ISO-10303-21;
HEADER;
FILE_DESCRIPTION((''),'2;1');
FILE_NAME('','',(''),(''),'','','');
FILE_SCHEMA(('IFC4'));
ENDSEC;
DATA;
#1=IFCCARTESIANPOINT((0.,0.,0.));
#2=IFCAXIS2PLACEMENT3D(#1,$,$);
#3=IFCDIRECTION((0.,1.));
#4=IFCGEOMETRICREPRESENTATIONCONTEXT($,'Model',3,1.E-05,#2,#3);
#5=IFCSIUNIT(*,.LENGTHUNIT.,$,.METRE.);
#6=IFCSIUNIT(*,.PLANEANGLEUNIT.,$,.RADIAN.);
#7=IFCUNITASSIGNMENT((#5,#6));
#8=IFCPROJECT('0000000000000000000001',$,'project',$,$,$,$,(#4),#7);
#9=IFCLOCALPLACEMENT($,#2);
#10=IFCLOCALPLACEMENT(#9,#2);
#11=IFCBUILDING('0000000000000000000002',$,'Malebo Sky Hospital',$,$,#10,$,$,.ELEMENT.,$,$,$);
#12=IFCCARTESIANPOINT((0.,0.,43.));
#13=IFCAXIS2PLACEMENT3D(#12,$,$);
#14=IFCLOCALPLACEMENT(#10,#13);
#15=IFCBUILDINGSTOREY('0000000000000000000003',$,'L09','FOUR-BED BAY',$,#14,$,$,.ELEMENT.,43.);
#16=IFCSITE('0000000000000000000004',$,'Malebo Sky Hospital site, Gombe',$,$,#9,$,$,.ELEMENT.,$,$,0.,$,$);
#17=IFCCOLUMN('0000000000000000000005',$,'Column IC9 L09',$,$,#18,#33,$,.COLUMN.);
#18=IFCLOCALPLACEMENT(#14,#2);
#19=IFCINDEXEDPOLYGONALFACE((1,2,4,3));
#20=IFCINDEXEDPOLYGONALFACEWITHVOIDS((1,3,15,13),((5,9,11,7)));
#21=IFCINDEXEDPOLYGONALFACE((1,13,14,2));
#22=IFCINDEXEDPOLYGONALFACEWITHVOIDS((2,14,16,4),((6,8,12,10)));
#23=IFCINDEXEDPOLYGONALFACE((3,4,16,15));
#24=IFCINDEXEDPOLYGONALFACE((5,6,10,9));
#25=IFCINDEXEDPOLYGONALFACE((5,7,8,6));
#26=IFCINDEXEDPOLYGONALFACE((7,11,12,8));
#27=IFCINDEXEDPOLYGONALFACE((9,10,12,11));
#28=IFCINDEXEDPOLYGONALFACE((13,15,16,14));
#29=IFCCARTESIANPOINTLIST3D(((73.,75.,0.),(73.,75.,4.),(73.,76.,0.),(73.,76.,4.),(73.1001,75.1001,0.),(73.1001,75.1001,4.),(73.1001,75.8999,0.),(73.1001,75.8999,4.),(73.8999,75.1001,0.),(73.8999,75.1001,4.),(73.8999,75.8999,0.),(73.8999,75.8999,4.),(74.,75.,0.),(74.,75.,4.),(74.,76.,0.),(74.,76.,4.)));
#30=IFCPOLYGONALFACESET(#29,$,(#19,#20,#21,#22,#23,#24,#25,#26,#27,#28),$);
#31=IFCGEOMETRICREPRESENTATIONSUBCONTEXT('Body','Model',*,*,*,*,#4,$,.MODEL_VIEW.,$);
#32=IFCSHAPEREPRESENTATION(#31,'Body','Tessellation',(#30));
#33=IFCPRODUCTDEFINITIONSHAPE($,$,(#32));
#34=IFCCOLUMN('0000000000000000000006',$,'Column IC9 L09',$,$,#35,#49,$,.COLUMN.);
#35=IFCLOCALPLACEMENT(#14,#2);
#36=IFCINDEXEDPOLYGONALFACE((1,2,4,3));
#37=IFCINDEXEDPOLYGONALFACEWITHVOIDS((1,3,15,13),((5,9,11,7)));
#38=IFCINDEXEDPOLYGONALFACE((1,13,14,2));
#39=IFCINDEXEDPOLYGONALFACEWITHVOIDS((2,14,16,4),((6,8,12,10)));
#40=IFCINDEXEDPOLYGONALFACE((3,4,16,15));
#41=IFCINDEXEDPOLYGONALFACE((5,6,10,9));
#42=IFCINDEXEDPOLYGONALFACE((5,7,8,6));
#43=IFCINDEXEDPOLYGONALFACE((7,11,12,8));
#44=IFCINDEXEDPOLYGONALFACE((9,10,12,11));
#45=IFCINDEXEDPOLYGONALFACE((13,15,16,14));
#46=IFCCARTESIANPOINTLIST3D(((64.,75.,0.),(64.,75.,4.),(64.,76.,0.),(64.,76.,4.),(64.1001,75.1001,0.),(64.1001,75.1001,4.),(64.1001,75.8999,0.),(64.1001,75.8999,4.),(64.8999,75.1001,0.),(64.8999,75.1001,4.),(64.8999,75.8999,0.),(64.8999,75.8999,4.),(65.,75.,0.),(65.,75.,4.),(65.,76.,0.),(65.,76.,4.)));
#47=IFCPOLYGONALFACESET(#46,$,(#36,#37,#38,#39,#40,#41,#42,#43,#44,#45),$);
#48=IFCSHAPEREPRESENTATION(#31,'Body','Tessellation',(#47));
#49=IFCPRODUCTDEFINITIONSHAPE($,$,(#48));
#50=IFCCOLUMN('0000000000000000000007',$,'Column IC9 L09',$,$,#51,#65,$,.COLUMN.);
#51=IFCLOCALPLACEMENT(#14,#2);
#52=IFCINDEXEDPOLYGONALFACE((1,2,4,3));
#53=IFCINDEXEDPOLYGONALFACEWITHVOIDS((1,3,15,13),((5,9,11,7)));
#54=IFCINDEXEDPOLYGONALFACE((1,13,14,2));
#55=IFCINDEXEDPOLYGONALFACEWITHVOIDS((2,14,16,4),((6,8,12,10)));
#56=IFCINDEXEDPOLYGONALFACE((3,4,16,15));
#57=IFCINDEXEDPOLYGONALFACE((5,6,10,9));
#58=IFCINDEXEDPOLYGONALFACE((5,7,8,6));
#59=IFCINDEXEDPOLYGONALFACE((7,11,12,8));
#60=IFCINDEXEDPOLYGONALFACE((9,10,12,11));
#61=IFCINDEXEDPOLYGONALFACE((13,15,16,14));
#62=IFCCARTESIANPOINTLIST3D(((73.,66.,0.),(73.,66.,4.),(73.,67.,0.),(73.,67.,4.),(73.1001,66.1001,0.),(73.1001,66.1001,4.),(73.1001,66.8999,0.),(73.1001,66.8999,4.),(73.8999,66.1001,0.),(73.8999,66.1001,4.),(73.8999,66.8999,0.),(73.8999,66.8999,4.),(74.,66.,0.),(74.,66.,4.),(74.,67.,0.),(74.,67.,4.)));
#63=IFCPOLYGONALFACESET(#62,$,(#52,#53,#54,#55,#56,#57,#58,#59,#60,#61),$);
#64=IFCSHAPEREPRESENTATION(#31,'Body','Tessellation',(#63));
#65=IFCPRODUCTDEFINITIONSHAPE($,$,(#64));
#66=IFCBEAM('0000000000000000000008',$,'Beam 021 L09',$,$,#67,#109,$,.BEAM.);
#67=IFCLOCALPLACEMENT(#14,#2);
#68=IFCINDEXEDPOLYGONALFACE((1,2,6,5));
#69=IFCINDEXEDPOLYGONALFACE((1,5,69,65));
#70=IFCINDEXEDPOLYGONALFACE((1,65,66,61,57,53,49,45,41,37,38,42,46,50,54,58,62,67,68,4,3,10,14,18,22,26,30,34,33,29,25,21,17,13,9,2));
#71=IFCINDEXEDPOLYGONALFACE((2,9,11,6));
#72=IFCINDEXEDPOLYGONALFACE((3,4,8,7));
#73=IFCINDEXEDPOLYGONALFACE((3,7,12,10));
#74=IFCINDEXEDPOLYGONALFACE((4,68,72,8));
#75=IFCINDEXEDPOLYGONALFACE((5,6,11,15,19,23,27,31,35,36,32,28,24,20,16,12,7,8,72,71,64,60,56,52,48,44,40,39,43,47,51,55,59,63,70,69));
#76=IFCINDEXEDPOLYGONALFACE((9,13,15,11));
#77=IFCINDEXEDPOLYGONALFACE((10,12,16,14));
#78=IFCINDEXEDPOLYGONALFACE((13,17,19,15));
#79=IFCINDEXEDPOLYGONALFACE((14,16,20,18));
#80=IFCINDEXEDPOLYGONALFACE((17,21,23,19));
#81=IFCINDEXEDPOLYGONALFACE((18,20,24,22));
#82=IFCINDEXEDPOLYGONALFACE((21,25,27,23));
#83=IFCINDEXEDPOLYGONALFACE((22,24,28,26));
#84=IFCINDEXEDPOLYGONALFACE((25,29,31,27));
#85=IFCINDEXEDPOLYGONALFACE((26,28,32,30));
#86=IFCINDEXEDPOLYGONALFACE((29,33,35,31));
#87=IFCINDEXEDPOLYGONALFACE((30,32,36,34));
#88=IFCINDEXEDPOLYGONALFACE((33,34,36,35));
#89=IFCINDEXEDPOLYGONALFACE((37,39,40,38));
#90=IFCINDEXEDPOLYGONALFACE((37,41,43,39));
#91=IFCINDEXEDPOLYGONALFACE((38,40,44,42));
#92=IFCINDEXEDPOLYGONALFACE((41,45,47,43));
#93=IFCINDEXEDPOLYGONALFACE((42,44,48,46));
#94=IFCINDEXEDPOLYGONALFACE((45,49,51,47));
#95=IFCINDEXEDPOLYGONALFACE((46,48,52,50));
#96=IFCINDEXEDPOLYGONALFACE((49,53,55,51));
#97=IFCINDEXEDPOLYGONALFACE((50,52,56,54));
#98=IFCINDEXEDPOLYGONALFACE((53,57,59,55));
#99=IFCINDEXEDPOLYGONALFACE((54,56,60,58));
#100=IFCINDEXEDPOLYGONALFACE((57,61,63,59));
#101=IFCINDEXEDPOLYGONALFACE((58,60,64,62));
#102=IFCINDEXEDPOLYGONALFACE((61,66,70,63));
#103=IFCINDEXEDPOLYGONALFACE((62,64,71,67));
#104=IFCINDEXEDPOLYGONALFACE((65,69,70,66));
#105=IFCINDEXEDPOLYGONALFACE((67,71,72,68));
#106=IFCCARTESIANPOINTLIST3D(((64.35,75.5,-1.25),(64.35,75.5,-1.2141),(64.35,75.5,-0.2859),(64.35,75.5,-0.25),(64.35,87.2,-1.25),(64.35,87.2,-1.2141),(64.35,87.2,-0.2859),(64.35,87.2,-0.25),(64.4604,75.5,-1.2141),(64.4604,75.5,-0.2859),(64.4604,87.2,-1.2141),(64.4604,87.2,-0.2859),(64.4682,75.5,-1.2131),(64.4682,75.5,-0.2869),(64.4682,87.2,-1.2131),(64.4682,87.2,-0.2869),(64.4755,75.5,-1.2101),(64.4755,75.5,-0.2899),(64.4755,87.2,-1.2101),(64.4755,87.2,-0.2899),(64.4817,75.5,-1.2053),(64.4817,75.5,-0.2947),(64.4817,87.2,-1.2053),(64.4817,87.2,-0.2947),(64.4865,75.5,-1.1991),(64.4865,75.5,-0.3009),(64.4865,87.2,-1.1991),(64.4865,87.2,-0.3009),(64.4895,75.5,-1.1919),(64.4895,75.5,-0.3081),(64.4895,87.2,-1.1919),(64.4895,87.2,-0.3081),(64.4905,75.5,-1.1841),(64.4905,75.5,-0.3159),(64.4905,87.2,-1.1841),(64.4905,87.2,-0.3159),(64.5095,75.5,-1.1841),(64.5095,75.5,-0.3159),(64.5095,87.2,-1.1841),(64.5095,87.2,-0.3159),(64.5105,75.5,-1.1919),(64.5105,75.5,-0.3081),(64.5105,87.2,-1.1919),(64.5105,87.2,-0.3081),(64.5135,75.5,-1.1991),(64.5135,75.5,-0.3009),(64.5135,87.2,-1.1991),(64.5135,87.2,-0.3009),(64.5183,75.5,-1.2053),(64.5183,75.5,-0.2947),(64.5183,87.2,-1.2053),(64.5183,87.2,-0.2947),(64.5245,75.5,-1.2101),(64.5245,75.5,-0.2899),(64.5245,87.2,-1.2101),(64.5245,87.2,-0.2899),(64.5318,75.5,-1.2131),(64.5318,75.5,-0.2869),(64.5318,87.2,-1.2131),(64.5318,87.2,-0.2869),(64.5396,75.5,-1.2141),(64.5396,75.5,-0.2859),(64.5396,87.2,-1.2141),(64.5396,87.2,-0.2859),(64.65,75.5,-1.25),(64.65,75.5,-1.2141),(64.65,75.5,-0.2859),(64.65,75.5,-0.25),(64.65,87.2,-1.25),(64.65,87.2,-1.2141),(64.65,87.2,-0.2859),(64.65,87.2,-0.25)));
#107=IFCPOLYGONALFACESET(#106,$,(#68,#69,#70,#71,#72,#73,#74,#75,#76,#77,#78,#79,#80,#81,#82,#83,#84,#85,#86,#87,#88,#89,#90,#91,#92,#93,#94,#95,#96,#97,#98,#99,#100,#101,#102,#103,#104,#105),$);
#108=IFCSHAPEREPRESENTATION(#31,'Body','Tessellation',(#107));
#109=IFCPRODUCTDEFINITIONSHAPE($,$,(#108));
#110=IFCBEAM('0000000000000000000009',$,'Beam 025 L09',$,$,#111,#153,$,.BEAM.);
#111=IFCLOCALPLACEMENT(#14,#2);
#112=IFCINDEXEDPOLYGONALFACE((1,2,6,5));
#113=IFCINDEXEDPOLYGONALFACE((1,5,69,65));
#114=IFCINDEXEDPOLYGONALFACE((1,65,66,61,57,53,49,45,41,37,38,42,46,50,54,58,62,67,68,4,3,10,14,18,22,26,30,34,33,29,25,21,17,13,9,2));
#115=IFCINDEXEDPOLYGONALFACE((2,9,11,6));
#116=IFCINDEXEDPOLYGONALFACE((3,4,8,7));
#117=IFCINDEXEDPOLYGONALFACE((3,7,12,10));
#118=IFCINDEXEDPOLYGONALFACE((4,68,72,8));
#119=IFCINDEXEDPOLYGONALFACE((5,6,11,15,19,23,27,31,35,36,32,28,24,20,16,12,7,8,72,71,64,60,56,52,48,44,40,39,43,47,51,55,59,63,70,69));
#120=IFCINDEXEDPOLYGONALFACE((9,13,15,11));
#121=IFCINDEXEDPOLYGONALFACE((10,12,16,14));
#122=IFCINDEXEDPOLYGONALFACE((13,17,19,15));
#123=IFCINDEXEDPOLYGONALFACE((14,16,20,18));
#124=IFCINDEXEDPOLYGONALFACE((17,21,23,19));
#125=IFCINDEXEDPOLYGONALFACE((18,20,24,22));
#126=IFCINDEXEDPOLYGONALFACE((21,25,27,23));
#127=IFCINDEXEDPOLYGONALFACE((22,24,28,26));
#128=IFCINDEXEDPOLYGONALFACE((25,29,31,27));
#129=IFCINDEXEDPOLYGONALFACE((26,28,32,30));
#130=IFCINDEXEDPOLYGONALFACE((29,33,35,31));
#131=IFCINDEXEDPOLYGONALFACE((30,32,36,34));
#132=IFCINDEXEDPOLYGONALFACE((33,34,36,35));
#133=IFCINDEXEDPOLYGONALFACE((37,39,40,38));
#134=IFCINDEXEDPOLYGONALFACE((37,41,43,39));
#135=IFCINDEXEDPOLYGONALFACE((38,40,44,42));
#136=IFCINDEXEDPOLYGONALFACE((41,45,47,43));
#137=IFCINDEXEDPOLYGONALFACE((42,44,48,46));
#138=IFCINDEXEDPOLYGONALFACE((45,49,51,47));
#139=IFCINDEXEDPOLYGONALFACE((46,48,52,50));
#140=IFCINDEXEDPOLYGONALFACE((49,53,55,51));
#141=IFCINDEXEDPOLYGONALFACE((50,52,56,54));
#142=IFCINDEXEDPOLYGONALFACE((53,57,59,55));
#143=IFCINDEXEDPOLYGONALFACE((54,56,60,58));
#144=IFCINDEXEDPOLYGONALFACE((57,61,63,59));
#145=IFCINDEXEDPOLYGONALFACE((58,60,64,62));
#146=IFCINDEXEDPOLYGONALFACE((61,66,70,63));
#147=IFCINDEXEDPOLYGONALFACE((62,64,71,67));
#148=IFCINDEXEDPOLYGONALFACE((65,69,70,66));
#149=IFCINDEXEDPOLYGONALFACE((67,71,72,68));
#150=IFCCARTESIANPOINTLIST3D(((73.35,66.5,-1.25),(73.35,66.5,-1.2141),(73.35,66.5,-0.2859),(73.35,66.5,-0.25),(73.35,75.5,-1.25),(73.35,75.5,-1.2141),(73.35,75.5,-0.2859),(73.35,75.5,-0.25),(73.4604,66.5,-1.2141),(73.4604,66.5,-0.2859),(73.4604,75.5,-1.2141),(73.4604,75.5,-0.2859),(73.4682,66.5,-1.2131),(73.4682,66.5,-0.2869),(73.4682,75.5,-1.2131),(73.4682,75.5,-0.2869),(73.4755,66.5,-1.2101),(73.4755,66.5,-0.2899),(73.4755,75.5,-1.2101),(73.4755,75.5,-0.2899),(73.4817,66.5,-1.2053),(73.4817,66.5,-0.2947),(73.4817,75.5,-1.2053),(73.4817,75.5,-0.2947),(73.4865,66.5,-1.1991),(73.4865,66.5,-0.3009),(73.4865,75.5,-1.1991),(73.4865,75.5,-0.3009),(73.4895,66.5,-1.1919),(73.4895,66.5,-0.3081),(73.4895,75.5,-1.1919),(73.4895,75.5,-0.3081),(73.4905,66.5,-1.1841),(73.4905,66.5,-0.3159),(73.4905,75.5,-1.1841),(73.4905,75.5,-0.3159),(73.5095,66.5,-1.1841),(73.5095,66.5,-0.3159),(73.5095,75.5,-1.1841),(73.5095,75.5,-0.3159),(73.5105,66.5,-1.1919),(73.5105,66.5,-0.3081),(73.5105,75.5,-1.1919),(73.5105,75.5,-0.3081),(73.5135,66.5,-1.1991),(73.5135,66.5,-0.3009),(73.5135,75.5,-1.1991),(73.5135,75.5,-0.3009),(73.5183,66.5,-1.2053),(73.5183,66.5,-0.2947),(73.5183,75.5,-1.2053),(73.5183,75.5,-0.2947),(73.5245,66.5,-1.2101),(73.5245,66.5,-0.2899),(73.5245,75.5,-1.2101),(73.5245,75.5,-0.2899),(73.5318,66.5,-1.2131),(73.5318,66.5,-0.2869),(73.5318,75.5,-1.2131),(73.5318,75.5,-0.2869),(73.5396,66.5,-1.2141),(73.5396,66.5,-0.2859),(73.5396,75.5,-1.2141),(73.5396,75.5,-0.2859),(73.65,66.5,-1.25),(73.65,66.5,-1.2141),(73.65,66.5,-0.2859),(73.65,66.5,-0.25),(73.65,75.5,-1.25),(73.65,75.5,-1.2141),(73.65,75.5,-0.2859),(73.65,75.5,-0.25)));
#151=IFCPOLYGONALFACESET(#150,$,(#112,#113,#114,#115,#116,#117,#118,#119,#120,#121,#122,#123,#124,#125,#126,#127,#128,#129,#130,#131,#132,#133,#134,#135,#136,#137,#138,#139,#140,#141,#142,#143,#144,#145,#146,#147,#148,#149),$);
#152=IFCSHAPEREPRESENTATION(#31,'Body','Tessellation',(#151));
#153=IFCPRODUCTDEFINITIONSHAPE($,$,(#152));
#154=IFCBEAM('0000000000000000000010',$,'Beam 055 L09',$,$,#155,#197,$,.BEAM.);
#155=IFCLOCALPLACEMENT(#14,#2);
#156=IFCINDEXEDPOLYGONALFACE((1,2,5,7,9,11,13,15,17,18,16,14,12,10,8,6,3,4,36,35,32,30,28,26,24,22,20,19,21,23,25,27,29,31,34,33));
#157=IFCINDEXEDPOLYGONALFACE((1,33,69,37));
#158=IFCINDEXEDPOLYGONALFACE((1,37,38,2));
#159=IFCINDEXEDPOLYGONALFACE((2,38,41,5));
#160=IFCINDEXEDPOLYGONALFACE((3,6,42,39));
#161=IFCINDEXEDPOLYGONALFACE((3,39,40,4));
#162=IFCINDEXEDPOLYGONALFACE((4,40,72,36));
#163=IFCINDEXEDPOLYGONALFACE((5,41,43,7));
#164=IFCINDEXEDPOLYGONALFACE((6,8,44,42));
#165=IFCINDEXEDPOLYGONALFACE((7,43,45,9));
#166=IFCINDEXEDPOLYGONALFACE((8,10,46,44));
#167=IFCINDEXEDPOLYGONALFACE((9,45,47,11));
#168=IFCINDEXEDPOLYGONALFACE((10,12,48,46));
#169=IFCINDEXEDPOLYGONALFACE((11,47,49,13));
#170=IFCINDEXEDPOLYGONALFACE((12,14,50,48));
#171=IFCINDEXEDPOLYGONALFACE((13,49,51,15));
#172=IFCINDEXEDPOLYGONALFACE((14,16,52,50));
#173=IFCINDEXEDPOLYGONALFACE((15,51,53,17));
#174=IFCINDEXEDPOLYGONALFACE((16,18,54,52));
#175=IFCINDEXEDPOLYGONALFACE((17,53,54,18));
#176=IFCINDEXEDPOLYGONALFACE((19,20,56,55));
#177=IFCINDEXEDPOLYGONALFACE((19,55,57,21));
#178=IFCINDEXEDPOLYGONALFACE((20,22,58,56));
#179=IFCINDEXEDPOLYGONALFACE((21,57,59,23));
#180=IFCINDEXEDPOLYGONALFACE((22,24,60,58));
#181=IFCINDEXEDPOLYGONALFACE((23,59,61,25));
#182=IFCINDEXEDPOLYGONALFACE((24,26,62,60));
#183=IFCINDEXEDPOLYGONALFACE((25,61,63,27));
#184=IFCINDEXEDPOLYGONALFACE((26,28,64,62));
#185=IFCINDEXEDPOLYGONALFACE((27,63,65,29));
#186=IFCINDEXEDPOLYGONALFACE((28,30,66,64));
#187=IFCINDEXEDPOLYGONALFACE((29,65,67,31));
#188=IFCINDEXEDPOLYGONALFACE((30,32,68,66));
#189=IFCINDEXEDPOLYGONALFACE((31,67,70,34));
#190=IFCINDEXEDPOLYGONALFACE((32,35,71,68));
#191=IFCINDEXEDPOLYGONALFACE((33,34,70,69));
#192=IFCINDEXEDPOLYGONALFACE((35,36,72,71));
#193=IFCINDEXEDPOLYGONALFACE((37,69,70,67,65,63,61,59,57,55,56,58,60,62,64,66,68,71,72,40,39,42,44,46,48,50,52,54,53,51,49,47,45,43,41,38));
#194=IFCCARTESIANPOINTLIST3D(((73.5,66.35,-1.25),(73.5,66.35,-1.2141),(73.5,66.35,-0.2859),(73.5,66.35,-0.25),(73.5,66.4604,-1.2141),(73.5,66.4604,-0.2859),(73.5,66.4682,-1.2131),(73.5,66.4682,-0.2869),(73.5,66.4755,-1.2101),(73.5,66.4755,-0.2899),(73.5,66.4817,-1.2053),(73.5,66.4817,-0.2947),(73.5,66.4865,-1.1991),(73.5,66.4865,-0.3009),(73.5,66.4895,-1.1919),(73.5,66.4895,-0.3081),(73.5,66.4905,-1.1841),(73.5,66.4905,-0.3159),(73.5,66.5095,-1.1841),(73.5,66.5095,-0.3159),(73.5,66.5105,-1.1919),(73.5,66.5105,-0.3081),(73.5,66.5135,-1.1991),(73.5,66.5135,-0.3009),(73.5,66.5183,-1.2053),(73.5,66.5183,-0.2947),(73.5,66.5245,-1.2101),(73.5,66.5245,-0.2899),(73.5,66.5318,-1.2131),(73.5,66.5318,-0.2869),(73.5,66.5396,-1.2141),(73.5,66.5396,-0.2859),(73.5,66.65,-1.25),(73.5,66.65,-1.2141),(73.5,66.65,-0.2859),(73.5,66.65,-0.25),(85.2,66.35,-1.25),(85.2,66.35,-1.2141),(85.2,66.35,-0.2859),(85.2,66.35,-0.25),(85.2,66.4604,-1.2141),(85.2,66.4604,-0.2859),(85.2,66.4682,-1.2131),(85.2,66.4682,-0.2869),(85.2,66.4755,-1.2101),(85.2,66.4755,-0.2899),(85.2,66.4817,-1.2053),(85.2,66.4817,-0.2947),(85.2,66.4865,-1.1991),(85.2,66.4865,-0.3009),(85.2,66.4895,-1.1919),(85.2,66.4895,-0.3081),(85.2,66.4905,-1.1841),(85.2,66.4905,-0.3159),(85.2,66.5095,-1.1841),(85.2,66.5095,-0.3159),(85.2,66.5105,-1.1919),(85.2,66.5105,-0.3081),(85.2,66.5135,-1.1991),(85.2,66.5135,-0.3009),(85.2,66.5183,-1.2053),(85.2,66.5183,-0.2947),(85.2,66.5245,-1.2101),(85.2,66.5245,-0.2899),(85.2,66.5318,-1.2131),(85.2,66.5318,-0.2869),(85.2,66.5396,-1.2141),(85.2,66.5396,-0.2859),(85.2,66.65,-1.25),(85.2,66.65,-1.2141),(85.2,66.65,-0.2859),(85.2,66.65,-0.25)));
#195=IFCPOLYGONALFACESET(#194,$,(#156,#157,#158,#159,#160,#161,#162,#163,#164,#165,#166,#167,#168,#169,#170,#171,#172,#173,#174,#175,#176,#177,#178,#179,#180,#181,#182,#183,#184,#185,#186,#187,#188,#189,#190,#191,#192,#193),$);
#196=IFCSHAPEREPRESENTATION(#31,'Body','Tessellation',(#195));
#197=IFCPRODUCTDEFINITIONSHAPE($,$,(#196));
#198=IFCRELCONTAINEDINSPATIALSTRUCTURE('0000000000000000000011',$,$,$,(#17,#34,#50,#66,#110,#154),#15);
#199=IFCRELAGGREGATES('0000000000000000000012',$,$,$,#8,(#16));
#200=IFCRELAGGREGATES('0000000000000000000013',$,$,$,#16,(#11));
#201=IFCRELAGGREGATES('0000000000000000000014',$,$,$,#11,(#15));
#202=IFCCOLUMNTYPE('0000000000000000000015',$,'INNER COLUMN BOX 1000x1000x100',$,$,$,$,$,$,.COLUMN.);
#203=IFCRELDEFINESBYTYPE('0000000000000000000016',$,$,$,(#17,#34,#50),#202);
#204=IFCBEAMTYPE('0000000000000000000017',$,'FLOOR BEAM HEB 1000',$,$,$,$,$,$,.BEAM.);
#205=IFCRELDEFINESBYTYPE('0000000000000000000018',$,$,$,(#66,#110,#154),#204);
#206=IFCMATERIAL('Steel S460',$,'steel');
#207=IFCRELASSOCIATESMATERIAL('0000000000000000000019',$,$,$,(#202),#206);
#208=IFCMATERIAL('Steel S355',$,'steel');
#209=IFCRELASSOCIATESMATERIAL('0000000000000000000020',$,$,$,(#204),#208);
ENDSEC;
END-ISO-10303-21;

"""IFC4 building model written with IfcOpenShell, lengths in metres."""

from ifc_helpers import new_model, si_unit, direction, frame, origin, origin_2d, place, context, subcontext, project, spatial, hollow_rectangle, i_section, extrude, material, material_profile, profile_set, type_object, element, save


model = new_model("IFC4")

# Units and contexts
model_context = context("Model", 3, precision=1e-05, world=origin(), true_north=direction((0.0, 1.0)))
body_context = subcontext(model_context, "Body", "Model", "MODEL_VIEW")
ifc_project = project(units=[si_unit("LENGTHUNIT", "METRE"), si_unit("PLANEANGLEUNIT", "RADIAN")], contexts=[model_context])

# Site, building, storey
site_placement = place(None, origin())
site = spatial("IfcSite", under=ifc_project, at=site_placement, Name="Malebo Sky Hospital site, Gombe", CompositionType="ELEMENT", RefElevation=0.0)
building_placement = place(site_placement, origin())
building = spatial("IfcBuilding", under=site, at=building_placement, Name="Malebo Sky Hospital", CompositionType="ELEMENT")
storey_placement = place(building_placement, frame((0.0, 0.0, 43.0)))
storey = spatial("IfcBuildingStorey", under=building, at=storey_placement, Name="L09", Description="FOUR-BED BAY", CompositionType="ELEMENT", Elevation=43.0)

# Columns
ifc_material_1 = material(Name="Steel S460", Category="steel")
ifc_material_profile_1 = material_profile(ifc_material_1, hollow_rectangle(XDim=1.0, YDim=1.0, WallThickness=0.1001, at=origin_2d()), Name="BOX 1000x1000x100")
ifc_profile_set_1 = profile_set([ifc_material_profile_1], Name="Steel S460")
column_type = type_object("IfcColumnType", Name="INNER COLUMN BOX 1000x1000x100", PredefinedType="COLUMN", material=ifc_profile_set_1)
for number, where, z_axis, x_axis, name in (
    (1, (73.5, 75.5, 0.0), (0.0, 0.0, 1.0), (1.0, 0.0, 0.0), "Column IC9 L09"),
    (2, (64.5, 75.5, 0.0), (0.0, 0.0, 1.0), (1.0, 0.0, 0.0), "Column IC9 L09"),
    (3, (73.5, 66.5, 0.0), (0.0, 0.0, 1.0), (1.0, 0.0, 0.0), "Column IC9 L09"),
):
    element("IfcColumn", number, at=place(storey_placement, frame(where, z_axis=z_axis, x_axis=x_axis)), inside=storey, type_object=column_type, Name=name, PredefinedType="COLUMN", context=body_context, shape_type="SweptSolid", body=[
        extrude(hollow_rectangle(XDim=1.0, YDim=1.0, WallThickness=0.1001, at=origin_2d()), origin(), (0.0, 0.0, 1.0), 4.0),
    ])

# Beams
ifc_material_2 = material(Name="Steel S355", Category="steel")
ifc_material_profile_2 = material_profile(ifc_material_2, i_section(OverallWidth=0.3, OverallDepth=1.0, WebThickness=0.019, FlangeThickness=0.0359, FilletRadius=0.03, at=origin_2d()), Name="HEB 1000")
ifc_profile_set_2 = profile_set([ifc_material_profile_2], Name="Steel S355")
beam_type_1 = type_object("IfcBeamType", Name="FLOOR BEAM HEB 1000", PredefinedType="BEAM", material=ifc_profile_set_2)
beam_1_placement = place(storey_placement, frame((64.5, 75.5, -0.75), z_axis=(0.0, 1.0, 0.0), x_axis=(-1.0, 0.0, 0.0)))
element("IfcBeam", 4, at=beam_1_placement, inside=storey, type_object=beam_type_1, Name="Beam 021 L09", PredefinedType="BEAM", context=body_context, shape_type="SweptSolid", body=[
    extrude(i_section(OverallWidth=0.3, OverallDepth=1.0, WebThickness=0.019, FlangeThickness=0.0359, FilletRadius=0.03, at=origin_2d()), origin(), (0.0, 0.0, 1.0), 11.7),
])
beam_2_placement = place(storey_placement, frame((73.5, 66.5, -0.75), z_axis=(0.0, 1.0, 0.0), x_axis=(-1.0, 0.0, 0.0)))
element("IfcBeam", 5, at=beam_2_placement, inside=storey, type_object=beam_type_1, Name="Beam 025 L09", PredefinedType="BEAM", context=body_context, shape_type="SweptSolid", body=[
    extrude(i_section(OverallWidth=0.3, OverallDepth=1.0, WebThickness=0.019, FlangeThickness=0.0359, FilletRadius=0.03, at=origin_2d()), origin(), (0.0, 0.0, 1.0), 9.0),
])
beam_3_placement = place(storey_placement, frame((73.5, 66.5, -0.75), z_axis=(1.0, 0.0, 0.0), x_axis=(0.0, 1.0, 0.0)))
element("IfcBeam", 6, at=beam_3_placement, inside=storey, type_object=beam_type_1, Name="Beam 055 L09", PredefinedType="BEAM", context=body_context, shape_type="SweptSolid", body=[
    extrude(i_section(OverallWidth=0.3, OverallDepth=1.0, WebThickness=0.019, FlangeThickness=0.0359, FilletRadius=0.03, at=origin_2d()), origin(), (0.0, 0.0, 1.0), 11.7),
])

save(model, "model.ifc")
